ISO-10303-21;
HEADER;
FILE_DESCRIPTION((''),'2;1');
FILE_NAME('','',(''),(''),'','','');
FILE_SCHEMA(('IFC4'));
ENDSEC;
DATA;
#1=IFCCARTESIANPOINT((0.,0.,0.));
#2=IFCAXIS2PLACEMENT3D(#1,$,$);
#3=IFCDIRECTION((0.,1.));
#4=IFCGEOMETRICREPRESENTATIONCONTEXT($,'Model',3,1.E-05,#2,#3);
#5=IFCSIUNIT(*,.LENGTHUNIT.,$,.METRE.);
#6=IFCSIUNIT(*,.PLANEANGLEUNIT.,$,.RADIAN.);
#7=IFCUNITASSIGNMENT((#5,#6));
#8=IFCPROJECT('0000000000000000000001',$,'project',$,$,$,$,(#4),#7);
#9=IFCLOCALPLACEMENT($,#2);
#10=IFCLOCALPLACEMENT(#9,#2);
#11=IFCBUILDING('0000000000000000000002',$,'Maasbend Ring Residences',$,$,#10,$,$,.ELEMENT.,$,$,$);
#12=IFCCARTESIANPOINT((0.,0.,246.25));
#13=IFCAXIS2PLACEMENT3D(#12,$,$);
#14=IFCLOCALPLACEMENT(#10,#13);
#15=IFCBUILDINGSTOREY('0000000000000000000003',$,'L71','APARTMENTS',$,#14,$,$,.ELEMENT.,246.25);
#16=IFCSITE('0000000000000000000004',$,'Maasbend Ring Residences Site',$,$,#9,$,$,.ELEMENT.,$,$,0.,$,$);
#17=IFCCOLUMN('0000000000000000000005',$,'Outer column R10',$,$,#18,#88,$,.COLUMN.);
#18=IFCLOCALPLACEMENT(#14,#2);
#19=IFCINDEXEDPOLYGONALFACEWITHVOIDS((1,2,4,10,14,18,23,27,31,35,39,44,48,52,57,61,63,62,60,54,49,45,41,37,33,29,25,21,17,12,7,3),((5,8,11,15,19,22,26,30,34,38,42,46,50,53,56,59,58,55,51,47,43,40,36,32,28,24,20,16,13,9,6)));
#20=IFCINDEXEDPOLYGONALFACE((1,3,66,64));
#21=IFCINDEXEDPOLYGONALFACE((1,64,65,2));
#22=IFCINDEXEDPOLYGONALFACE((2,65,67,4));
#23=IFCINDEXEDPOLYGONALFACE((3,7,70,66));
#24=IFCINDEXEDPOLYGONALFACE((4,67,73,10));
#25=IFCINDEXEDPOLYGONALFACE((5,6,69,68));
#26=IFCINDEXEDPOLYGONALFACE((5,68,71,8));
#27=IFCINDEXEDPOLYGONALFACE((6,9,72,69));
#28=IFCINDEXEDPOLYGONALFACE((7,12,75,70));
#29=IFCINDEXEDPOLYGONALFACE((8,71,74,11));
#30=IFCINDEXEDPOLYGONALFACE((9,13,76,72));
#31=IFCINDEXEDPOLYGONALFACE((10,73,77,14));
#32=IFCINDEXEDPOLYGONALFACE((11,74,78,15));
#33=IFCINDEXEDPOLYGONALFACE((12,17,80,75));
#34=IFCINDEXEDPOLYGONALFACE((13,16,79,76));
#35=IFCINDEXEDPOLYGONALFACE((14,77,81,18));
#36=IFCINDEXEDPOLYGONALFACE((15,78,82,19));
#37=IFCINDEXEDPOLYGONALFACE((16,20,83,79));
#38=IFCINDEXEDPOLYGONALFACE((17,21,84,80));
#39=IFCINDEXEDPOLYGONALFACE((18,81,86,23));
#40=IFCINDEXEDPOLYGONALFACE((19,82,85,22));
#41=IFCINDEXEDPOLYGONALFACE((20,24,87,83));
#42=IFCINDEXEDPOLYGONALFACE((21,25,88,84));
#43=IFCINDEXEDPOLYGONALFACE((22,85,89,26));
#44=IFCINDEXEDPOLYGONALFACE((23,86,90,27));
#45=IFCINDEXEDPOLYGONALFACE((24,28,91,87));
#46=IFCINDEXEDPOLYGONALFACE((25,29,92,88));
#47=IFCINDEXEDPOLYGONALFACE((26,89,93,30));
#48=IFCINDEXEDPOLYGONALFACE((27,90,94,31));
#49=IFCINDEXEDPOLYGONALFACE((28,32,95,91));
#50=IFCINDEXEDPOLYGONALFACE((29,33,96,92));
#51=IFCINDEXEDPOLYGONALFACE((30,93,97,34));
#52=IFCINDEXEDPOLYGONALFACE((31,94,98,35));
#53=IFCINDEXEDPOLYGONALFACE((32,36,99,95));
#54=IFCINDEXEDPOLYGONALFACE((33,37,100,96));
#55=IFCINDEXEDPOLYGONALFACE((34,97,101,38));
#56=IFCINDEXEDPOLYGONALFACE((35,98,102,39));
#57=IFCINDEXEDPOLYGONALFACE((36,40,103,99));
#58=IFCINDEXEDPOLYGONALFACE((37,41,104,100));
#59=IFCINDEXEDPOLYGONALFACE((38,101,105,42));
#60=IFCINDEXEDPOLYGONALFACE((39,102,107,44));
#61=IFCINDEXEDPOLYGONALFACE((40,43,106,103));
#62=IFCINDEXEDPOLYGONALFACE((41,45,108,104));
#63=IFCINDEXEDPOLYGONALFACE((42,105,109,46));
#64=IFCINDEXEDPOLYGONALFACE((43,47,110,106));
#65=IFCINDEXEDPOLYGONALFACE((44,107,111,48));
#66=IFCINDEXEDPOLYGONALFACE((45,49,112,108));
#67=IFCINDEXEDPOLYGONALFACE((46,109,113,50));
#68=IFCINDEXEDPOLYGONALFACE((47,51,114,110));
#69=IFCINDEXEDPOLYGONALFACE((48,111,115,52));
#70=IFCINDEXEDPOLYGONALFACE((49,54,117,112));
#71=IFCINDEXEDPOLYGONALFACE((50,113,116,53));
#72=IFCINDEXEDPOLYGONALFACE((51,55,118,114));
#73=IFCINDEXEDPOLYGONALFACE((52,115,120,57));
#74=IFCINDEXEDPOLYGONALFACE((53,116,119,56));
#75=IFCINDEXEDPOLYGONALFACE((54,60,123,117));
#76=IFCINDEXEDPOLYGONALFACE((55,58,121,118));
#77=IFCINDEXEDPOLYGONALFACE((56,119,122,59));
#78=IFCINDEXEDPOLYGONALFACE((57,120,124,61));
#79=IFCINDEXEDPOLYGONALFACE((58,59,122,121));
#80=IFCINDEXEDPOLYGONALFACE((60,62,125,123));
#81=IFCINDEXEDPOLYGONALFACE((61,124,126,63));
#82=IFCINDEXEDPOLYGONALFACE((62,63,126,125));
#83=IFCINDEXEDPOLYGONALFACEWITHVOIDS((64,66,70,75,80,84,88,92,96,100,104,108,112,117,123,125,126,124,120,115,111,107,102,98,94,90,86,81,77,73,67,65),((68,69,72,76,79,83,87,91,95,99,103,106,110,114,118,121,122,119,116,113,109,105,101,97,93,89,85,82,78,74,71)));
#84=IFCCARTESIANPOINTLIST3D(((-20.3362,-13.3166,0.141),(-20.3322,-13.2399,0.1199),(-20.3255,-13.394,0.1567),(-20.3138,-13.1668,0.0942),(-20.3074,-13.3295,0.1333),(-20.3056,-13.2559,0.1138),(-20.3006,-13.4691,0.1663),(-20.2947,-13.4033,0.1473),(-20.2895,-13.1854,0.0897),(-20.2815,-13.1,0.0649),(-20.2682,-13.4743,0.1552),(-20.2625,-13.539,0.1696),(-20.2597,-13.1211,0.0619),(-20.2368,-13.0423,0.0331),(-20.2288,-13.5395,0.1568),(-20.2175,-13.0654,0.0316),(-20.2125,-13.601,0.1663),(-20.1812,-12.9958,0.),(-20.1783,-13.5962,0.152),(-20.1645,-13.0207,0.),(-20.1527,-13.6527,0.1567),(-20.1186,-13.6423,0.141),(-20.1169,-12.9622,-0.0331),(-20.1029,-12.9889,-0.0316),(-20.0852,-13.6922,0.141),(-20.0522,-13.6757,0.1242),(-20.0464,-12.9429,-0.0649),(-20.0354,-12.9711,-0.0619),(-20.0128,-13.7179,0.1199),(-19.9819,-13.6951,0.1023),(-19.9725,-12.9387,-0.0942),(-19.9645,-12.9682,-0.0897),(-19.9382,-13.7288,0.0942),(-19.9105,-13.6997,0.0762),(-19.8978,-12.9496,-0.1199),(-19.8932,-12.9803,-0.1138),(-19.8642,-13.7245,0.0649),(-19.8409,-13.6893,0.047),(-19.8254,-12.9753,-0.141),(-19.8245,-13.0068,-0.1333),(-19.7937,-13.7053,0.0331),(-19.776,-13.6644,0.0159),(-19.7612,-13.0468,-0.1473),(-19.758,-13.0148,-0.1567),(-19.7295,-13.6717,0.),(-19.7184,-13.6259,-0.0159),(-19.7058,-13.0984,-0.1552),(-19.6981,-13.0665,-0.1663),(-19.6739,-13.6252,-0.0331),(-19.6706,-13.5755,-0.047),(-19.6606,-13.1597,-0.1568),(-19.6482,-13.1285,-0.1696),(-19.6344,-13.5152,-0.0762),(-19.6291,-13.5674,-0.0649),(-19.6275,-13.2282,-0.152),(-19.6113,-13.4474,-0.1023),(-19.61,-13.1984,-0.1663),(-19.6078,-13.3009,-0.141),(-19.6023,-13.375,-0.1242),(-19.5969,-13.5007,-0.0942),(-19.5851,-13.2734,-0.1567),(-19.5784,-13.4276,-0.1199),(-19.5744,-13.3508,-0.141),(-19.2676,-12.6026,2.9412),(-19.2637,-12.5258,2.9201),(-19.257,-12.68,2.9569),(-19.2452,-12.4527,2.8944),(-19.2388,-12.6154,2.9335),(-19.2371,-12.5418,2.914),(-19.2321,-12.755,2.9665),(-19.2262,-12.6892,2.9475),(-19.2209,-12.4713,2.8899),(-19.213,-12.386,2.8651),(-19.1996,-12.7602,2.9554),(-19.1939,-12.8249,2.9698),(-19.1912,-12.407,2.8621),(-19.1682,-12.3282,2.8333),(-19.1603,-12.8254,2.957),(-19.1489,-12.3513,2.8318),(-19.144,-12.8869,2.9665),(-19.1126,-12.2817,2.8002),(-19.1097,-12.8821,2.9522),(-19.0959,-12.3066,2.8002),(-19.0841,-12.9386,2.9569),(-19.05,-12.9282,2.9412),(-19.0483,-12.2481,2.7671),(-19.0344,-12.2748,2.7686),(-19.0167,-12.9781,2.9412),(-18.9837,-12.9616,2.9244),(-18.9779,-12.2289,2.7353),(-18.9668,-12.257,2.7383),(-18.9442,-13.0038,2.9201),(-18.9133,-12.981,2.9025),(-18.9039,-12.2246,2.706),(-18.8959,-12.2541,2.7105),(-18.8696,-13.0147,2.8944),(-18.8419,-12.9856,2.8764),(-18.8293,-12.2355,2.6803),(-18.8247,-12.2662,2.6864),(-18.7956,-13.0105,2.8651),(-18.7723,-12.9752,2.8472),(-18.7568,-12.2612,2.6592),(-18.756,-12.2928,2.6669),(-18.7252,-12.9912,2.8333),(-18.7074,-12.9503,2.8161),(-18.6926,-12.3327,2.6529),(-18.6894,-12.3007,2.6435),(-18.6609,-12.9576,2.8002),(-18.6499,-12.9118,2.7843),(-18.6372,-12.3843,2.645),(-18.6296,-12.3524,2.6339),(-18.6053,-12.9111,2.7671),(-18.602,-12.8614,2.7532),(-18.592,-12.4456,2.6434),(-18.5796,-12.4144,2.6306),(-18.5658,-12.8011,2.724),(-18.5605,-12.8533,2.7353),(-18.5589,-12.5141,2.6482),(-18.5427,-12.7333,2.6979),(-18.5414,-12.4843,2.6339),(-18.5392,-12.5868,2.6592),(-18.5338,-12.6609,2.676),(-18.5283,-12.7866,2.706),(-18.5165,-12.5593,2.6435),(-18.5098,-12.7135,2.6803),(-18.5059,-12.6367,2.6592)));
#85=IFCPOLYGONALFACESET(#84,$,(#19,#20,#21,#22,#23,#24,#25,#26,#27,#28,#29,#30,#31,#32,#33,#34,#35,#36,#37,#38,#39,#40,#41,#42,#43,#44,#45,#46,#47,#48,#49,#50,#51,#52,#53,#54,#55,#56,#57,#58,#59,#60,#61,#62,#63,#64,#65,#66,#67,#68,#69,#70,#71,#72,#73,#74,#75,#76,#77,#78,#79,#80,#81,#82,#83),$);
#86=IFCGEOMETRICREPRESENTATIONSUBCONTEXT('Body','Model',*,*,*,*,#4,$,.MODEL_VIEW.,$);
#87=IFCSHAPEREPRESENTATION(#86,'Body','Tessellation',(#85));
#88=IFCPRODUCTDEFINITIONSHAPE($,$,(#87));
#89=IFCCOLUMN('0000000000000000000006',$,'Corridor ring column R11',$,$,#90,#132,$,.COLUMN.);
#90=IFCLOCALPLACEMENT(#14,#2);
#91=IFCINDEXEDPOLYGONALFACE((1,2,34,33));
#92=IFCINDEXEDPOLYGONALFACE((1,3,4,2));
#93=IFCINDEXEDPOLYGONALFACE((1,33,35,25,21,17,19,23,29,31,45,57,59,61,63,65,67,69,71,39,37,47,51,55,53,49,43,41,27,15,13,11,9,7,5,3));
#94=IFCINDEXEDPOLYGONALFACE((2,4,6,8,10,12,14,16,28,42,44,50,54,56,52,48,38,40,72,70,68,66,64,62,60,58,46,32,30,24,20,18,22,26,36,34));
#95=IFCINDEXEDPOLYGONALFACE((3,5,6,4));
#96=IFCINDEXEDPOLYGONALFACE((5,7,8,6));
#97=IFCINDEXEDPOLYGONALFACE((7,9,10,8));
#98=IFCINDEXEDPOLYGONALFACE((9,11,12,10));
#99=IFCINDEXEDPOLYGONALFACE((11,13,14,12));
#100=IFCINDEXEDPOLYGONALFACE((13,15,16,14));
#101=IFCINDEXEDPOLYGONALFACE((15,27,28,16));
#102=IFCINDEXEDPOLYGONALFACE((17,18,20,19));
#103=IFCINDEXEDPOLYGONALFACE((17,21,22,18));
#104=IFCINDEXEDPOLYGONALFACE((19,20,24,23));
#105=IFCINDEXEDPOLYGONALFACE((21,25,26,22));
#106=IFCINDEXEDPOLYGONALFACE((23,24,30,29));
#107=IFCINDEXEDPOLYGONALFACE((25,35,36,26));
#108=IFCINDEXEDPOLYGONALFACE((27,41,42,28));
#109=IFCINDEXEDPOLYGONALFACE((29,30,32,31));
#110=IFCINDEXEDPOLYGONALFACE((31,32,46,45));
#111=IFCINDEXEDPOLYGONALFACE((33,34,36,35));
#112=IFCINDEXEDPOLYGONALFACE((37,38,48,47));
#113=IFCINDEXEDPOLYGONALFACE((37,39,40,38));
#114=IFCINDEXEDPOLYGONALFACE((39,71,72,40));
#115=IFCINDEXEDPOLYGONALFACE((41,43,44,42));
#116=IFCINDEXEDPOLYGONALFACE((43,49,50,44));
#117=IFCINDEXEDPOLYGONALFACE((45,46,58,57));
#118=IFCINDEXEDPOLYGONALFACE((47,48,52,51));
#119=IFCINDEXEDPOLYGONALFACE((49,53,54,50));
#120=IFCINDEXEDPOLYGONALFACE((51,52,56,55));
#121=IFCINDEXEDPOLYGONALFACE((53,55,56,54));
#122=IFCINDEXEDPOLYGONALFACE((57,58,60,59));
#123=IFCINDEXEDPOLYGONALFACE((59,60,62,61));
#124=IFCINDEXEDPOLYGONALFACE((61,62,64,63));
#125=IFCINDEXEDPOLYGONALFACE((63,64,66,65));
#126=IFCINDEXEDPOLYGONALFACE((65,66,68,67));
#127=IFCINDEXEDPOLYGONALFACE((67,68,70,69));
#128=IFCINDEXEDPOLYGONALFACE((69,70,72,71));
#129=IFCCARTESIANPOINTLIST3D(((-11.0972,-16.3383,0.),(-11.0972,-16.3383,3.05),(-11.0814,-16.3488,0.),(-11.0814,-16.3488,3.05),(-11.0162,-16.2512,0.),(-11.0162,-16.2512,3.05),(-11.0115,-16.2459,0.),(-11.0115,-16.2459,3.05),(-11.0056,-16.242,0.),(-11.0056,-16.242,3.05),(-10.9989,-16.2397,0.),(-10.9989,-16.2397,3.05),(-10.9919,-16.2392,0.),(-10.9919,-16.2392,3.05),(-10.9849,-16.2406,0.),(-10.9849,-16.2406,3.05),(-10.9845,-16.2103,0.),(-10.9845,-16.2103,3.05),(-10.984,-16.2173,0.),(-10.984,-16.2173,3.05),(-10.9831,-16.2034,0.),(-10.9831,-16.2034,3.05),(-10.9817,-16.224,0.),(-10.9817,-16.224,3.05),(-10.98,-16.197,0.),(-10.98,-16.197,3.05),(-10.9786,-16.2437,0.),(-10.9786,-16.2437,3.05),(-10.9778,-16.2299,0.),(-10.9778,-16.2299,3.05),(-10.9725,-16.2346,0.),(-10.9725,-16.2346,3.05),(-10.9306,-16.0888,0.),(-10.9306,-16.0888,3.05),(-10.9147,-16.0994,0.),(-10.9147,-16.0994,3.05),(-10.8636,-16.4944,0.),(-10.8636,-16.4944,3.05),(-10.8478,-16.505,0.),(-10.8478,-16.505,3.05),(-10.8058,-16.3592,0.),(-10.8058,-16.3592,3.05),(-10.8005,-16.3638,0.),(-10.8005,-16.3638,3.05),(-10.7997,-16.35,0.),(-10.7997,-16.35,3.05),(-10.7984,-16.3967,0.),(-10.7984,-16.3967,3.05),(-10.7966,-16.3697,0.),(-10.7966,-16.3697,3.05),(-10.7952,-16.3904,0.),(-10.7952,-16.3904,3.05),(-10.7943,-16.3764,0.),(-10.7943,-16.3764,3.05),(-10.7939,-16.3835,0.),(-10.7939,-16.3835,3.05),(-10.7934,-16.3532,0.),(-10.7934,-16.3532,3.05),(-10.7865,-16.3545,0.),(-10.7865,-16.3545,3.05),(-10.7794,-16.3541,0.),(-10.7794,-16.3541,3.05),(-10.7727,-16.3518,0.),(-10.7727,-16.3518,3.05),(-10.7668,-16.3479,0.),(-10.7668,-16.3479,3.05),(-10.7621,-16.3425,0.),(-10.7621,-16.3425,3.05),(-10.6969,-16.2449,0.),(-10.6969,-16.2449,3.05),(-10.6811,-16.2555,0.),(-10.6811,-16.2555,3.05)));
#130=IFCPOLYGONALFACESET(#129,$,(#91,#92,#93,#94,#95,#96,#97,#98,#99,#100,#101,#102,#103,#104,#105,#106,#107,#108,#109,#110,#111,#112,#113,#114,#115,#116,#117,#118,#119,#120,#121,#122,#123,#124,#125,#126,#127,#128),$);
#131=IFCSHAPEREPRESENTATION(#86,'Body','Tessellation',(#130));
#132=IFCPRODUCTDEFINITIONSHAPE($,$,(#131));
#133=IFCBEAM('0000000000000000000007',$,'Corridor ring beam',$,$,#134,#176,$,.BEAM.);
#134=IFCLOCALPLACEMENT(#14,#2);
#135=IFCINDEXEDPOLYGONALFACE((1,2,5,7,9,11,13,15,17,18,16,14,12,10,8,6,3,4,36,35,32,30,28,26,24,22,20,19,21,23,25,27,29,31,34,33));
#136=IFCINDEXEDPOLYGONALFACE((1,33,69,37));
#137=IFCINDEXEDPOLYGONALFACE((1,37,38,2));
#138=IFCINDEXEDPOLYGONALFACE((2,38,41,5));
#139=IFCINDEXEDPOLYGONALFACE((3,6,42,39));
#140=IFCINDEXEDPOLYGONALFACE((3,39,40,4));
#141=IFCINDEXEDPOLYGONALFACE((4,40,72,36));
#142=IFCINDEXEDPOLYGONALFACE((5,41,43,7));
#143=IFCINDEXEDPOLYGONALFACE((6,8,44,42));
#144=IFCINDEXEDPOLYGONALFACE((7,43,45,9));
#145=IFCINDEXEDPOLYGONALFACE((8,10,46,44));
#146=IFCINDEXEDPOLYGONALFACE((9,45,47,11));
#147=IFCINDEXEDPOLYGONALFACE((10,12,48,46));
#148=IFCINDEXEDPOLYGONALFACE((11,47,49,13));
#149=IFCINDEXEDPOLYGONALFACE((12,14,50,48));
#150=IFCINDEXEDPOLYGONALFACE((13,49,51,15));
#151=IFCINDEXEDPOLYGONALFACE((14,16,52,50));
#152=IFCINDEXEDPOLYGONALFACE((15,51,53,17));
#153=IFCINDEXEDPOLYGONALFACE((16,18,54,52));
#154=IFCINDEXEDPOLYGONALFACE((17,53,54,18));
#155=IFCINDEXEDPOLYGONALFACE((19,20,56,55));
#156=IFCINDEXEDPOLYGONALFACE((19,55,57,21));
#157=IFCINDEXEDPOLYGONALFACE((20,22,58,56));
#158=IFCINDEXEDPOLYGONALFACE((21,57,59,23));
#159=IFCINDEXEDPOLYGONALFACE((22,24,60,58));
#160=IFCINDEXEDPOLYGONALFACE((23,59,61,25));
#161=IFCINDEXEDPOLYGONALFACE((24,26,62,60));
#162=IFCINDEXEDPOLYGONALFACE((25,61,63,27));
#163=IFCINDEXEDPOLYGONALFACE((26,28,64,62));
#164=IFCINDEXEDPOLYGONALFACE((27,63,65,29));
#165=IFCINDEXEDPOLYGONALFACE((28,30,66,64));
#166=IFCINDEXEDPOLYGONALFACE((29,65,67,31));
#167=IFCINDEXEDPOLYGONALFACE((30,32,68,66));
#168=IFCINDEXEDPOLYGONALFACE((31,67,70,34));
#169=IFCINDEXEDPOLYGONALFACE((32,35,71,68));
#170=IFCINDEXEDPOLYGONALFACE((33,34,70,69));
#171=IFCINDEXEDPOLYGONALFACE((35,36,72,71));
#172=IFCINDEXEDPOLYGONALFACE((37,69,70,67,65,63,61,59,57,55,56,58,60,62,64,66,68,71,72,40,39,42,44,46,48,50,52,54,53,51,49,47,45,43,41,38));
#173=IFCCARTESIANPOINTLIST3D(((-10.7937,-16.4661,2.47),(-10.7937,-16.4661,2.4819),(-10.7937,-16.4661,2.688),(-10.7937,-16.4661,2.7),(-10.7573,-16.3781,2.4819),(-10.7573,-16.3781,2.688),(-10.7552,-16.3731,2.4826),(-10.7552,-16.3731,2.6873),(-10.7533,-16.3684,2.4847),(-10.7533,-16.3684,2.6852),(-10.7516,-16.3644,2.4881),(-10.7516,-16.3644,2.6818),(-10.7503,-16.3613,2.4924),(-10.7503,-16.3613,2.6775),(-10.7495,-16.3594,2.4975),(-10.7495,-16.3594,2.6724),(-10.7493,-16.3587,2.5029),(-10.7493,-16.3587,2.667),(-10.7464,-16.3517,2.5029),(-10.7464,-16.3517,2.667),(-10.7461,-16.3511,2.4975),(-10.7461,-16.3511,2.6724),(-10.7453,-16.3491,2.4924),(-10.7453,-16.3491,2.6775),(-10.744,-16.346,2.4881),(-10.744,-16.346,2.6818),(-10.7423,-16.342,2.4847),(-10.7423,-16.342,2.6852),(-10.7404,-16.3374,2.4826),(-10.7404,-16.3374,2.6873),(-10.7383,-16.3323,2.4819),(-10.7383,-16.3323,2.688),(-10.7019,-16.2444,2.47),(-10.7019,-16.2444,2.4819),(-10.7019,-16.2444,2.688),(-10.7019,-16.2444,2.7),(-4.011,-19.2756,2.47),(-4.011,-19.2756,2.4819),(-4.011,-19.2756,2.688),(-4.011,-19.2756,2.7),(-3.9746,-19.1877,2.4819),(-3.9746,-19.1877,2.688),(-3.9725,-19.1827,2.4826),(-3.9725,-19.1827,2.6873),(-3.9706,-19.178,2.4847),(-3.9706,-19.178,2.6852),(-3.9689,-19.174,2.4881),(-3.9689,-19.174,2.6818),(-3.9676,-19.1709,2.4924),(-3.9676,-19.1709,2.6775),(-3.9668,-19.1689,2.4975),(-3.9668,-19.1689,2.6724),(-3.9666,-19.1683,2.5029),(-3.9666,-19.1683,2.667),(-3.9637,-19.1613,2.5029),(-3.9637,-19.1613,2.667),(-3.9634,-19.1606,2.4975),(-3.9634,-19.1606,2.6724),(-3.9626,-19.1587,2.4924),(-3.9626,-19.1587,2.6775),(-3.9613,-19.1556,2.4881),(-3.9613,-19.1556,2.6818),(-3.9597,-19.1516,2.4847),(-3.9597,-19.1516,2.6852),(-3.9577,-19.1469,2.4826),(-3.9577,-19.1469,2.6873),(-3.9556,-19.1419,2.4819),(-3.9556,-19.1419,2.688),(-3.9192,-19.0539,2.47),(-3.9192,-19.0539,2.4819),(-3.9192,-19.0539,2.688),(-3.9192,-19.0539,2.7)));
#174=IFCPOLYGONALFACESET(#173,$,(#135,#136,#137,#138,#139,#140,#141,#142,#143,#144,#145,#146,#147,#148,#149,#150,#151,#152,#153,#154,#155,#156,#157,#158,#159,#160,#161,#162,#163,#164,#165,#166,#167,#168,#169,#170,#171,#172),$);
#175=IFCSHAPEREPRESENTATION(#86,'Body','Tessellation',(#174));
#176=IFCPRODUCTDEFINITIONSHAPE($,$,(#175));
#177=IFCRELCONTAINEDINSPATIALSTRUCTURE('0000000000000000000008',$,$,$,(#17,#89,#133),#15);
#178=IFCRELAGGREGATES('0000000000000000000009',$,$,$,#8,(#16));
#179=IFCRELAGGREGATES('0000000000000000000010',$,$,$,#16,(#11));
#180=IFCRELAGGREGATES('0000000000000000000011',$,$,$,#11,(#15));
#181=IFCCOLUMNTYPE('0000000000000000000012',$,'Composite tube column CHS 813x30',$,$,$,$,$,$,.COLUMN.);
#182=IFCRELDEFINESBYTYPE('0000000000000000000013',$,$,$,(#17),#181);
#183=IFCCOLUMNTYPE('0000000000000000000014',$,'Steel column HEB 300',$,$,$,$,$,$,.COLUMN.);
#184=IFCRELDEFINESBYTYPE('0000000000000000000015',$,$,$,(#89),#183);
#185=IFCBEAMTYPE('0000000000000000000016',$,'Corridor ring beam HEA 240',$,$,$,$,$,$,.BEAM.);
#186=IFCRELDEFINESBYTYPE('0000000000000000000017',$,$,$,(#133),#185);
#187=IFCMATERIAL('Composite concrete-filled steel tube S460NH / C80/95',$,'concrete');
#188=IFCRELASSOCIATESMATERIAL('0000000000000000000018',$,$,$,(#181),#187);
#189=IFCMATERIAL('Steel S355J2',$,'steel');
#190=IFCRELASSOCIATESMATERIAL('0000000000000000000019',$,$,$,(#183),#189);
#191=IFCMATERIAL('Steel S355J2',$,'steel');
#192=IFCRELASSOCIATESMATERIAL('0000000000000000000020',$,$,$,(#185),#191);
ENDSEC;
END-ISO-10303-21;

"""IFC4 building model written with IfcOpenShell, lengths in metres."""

from ifc_helpers import new_model, si_unit, direction, frame, origin, origin_2d, place, context, subcontext, project, spatial, hollow_circle, i_section, extrude, material, material_profile, profile_set, type_object, element, save


model = new_model("IFC4")

# Units and contexts
model_context = context("Model", 3, precision=1e-05, world=origin(), true_north=direction((0.0, 1.0)))
body_context = subcontext(model_context, "Body", "Model", "MODEL_VIEW")
ifc_project = project(units=[si_unit("LENGTHUNIT", "METRE"), si_unit("PLANEANGLEUNIT", "RADIAN")], contexts=[model_context])

# Site, building, storey
site_placement = place(None, origin())
site = spatial("IfcSite", under=ifc_project, at=site_placement, Name="Maasbend Ring Residences Site", CompositionType="ELEMENT", RefElevation=0.0)
building_placement = place(site_placement, origin())
building = spatial("IfcBuilding", under=site, at=building_placement, Name="Maasbend Ring Residences", CompositionType="ELEMENT")
storey_placement = place(building_placement, frame((0.0, 0.0, 246.25)))
storey = spatial("IfcBuildingStorey", under=building, at=storey_placement, Name="L71", Description="APARTMENTS", CompositionType="ELEMENT", Elevation=246.25)

# Columns
ifc_material_1 = material(Name="Composite concrete-filled steel tube S460NH / C80/95", Category="concrete")
ifc_material_profile_1 = material_profile(ifc_material_1, hollow_circle(Radius=0.4065, WallThickness=0.03, at=origin_2d()), Name="Composite tube column CHS 813x30")
ifc_profile_set_1 = profile_set([ifc_material_profile_1], Name="Composite concrete-filled steel tube S460NH / C80/95")
column_type_1 = type_object("IfcColumnType", Name="Composite tube column CHS 813x30", PredefinedType="COLUMN", material=ifc_profile_set_1)
column_1_placement = place(storey_placement, frame((-19.9553, -13.3337, 0.0), z_axis=(0.346819, 0.231767, 0.908846), x_axis=(-0.55562, 0.831436, 0.0)))
element("IfcColumn", 1, at=column_1_placement, inside=storey, type_object=column_type_1, Name="Outer column R10", PredefinedType="COLUMN", context=body_context, shape_type="SweptSolid", body=[
    extrude(hollow_circle(Radius=0.4065, WallThickness=0.03, at=origin_2d()), origin(), (0.0, 0.0, 1.0), 3.0811),
])
ifc_material_2 = material(Name="Steel S355J2", Category="steel")
ifc_material_profile_2 = material_profile(ifc_material_2, i_section(OverallWidth=0.3, OverallDepth=0.3, WebThickness=0.011, FlangeThickness=0.019, FilletRadius=0.0271, at=origin_2d()), Name="HEB 300")
ifc_profile_set_2 = profile_set([ifc_material_profile_2], Name="Steel S355J2")
column_type_2 = type_object("IfcColumnType", Name="Steel column HEB 300", PredefinedType="COLUMN", material=ifc_profile_set_2)
column_2_placement = place(storey_placement, frame((-10.8892, -16.2969, 0.0), z_axis=(0.0, 0.0, 1.0), x_axis=(-0.55557, -0.83147, 0.0)))
element("IfcColumn", 2, at=column_2_placement, inside=storey, type_object=column_type_2, Name="Corridor ring column R11", PredefinedType="COLUMN", context=body_context, shape_type="SweptSolid", body=[
    extrude(i_section(OverallWidth=0.3, OverallDepth=0.3, WebThickness=0.011, FlangeThickness=0.019, FilletRadius=0.0271, at=origin_2d()), origin(), (0.0, 0.0, 1.0), 3.05),
])

# Beam
ifc_material_3 = material(Name="Steel S355J2", Category="steel")
ifc_material_profile_3 = material_profile(ifc_material_3, i_section(OverallWidth=0.24, OverallDepth=0.23, WebThickness=0.0076, FlangeThickness=0.012, FilletRadius=0.021, at=origin_2d()), Name="HEA 240")
ifc_profile_set_3 = profile_set([ifc_material_profile_3], Name="Steel S355J2")
beam_type_1 = type_object("IfcBeamType", Name="Corridor ring beam HEA 240", PredefinedType="BEAM", material=ifc_profile_set_3)
beam_1_placement = place(storey_placement, frame((-10.7478, -16.3552, 2.585), z_axis=(0.923876, -0.382692, 0.0), x_axis=(0.382692, 0.923876, 0.0)))
element("IfcBeam", 3, at=beam_1_placement, inside=storey, type_object=beam_type_1, Name="Corridor ring beam", PredefinedType="BEAM", context=body_context, shape_type="SweptSolid", body=[
    extrude(i_section(OverallWidth=0.24, OverallDepth=0.23, WebThickness=0.0076, FlangeThickness=0.012, FilletRadius=0.021, at=origin_2d()), origin(), (0.0, 0.0, 1.0), 7.3416),
])

save(model, "model.ifc")
